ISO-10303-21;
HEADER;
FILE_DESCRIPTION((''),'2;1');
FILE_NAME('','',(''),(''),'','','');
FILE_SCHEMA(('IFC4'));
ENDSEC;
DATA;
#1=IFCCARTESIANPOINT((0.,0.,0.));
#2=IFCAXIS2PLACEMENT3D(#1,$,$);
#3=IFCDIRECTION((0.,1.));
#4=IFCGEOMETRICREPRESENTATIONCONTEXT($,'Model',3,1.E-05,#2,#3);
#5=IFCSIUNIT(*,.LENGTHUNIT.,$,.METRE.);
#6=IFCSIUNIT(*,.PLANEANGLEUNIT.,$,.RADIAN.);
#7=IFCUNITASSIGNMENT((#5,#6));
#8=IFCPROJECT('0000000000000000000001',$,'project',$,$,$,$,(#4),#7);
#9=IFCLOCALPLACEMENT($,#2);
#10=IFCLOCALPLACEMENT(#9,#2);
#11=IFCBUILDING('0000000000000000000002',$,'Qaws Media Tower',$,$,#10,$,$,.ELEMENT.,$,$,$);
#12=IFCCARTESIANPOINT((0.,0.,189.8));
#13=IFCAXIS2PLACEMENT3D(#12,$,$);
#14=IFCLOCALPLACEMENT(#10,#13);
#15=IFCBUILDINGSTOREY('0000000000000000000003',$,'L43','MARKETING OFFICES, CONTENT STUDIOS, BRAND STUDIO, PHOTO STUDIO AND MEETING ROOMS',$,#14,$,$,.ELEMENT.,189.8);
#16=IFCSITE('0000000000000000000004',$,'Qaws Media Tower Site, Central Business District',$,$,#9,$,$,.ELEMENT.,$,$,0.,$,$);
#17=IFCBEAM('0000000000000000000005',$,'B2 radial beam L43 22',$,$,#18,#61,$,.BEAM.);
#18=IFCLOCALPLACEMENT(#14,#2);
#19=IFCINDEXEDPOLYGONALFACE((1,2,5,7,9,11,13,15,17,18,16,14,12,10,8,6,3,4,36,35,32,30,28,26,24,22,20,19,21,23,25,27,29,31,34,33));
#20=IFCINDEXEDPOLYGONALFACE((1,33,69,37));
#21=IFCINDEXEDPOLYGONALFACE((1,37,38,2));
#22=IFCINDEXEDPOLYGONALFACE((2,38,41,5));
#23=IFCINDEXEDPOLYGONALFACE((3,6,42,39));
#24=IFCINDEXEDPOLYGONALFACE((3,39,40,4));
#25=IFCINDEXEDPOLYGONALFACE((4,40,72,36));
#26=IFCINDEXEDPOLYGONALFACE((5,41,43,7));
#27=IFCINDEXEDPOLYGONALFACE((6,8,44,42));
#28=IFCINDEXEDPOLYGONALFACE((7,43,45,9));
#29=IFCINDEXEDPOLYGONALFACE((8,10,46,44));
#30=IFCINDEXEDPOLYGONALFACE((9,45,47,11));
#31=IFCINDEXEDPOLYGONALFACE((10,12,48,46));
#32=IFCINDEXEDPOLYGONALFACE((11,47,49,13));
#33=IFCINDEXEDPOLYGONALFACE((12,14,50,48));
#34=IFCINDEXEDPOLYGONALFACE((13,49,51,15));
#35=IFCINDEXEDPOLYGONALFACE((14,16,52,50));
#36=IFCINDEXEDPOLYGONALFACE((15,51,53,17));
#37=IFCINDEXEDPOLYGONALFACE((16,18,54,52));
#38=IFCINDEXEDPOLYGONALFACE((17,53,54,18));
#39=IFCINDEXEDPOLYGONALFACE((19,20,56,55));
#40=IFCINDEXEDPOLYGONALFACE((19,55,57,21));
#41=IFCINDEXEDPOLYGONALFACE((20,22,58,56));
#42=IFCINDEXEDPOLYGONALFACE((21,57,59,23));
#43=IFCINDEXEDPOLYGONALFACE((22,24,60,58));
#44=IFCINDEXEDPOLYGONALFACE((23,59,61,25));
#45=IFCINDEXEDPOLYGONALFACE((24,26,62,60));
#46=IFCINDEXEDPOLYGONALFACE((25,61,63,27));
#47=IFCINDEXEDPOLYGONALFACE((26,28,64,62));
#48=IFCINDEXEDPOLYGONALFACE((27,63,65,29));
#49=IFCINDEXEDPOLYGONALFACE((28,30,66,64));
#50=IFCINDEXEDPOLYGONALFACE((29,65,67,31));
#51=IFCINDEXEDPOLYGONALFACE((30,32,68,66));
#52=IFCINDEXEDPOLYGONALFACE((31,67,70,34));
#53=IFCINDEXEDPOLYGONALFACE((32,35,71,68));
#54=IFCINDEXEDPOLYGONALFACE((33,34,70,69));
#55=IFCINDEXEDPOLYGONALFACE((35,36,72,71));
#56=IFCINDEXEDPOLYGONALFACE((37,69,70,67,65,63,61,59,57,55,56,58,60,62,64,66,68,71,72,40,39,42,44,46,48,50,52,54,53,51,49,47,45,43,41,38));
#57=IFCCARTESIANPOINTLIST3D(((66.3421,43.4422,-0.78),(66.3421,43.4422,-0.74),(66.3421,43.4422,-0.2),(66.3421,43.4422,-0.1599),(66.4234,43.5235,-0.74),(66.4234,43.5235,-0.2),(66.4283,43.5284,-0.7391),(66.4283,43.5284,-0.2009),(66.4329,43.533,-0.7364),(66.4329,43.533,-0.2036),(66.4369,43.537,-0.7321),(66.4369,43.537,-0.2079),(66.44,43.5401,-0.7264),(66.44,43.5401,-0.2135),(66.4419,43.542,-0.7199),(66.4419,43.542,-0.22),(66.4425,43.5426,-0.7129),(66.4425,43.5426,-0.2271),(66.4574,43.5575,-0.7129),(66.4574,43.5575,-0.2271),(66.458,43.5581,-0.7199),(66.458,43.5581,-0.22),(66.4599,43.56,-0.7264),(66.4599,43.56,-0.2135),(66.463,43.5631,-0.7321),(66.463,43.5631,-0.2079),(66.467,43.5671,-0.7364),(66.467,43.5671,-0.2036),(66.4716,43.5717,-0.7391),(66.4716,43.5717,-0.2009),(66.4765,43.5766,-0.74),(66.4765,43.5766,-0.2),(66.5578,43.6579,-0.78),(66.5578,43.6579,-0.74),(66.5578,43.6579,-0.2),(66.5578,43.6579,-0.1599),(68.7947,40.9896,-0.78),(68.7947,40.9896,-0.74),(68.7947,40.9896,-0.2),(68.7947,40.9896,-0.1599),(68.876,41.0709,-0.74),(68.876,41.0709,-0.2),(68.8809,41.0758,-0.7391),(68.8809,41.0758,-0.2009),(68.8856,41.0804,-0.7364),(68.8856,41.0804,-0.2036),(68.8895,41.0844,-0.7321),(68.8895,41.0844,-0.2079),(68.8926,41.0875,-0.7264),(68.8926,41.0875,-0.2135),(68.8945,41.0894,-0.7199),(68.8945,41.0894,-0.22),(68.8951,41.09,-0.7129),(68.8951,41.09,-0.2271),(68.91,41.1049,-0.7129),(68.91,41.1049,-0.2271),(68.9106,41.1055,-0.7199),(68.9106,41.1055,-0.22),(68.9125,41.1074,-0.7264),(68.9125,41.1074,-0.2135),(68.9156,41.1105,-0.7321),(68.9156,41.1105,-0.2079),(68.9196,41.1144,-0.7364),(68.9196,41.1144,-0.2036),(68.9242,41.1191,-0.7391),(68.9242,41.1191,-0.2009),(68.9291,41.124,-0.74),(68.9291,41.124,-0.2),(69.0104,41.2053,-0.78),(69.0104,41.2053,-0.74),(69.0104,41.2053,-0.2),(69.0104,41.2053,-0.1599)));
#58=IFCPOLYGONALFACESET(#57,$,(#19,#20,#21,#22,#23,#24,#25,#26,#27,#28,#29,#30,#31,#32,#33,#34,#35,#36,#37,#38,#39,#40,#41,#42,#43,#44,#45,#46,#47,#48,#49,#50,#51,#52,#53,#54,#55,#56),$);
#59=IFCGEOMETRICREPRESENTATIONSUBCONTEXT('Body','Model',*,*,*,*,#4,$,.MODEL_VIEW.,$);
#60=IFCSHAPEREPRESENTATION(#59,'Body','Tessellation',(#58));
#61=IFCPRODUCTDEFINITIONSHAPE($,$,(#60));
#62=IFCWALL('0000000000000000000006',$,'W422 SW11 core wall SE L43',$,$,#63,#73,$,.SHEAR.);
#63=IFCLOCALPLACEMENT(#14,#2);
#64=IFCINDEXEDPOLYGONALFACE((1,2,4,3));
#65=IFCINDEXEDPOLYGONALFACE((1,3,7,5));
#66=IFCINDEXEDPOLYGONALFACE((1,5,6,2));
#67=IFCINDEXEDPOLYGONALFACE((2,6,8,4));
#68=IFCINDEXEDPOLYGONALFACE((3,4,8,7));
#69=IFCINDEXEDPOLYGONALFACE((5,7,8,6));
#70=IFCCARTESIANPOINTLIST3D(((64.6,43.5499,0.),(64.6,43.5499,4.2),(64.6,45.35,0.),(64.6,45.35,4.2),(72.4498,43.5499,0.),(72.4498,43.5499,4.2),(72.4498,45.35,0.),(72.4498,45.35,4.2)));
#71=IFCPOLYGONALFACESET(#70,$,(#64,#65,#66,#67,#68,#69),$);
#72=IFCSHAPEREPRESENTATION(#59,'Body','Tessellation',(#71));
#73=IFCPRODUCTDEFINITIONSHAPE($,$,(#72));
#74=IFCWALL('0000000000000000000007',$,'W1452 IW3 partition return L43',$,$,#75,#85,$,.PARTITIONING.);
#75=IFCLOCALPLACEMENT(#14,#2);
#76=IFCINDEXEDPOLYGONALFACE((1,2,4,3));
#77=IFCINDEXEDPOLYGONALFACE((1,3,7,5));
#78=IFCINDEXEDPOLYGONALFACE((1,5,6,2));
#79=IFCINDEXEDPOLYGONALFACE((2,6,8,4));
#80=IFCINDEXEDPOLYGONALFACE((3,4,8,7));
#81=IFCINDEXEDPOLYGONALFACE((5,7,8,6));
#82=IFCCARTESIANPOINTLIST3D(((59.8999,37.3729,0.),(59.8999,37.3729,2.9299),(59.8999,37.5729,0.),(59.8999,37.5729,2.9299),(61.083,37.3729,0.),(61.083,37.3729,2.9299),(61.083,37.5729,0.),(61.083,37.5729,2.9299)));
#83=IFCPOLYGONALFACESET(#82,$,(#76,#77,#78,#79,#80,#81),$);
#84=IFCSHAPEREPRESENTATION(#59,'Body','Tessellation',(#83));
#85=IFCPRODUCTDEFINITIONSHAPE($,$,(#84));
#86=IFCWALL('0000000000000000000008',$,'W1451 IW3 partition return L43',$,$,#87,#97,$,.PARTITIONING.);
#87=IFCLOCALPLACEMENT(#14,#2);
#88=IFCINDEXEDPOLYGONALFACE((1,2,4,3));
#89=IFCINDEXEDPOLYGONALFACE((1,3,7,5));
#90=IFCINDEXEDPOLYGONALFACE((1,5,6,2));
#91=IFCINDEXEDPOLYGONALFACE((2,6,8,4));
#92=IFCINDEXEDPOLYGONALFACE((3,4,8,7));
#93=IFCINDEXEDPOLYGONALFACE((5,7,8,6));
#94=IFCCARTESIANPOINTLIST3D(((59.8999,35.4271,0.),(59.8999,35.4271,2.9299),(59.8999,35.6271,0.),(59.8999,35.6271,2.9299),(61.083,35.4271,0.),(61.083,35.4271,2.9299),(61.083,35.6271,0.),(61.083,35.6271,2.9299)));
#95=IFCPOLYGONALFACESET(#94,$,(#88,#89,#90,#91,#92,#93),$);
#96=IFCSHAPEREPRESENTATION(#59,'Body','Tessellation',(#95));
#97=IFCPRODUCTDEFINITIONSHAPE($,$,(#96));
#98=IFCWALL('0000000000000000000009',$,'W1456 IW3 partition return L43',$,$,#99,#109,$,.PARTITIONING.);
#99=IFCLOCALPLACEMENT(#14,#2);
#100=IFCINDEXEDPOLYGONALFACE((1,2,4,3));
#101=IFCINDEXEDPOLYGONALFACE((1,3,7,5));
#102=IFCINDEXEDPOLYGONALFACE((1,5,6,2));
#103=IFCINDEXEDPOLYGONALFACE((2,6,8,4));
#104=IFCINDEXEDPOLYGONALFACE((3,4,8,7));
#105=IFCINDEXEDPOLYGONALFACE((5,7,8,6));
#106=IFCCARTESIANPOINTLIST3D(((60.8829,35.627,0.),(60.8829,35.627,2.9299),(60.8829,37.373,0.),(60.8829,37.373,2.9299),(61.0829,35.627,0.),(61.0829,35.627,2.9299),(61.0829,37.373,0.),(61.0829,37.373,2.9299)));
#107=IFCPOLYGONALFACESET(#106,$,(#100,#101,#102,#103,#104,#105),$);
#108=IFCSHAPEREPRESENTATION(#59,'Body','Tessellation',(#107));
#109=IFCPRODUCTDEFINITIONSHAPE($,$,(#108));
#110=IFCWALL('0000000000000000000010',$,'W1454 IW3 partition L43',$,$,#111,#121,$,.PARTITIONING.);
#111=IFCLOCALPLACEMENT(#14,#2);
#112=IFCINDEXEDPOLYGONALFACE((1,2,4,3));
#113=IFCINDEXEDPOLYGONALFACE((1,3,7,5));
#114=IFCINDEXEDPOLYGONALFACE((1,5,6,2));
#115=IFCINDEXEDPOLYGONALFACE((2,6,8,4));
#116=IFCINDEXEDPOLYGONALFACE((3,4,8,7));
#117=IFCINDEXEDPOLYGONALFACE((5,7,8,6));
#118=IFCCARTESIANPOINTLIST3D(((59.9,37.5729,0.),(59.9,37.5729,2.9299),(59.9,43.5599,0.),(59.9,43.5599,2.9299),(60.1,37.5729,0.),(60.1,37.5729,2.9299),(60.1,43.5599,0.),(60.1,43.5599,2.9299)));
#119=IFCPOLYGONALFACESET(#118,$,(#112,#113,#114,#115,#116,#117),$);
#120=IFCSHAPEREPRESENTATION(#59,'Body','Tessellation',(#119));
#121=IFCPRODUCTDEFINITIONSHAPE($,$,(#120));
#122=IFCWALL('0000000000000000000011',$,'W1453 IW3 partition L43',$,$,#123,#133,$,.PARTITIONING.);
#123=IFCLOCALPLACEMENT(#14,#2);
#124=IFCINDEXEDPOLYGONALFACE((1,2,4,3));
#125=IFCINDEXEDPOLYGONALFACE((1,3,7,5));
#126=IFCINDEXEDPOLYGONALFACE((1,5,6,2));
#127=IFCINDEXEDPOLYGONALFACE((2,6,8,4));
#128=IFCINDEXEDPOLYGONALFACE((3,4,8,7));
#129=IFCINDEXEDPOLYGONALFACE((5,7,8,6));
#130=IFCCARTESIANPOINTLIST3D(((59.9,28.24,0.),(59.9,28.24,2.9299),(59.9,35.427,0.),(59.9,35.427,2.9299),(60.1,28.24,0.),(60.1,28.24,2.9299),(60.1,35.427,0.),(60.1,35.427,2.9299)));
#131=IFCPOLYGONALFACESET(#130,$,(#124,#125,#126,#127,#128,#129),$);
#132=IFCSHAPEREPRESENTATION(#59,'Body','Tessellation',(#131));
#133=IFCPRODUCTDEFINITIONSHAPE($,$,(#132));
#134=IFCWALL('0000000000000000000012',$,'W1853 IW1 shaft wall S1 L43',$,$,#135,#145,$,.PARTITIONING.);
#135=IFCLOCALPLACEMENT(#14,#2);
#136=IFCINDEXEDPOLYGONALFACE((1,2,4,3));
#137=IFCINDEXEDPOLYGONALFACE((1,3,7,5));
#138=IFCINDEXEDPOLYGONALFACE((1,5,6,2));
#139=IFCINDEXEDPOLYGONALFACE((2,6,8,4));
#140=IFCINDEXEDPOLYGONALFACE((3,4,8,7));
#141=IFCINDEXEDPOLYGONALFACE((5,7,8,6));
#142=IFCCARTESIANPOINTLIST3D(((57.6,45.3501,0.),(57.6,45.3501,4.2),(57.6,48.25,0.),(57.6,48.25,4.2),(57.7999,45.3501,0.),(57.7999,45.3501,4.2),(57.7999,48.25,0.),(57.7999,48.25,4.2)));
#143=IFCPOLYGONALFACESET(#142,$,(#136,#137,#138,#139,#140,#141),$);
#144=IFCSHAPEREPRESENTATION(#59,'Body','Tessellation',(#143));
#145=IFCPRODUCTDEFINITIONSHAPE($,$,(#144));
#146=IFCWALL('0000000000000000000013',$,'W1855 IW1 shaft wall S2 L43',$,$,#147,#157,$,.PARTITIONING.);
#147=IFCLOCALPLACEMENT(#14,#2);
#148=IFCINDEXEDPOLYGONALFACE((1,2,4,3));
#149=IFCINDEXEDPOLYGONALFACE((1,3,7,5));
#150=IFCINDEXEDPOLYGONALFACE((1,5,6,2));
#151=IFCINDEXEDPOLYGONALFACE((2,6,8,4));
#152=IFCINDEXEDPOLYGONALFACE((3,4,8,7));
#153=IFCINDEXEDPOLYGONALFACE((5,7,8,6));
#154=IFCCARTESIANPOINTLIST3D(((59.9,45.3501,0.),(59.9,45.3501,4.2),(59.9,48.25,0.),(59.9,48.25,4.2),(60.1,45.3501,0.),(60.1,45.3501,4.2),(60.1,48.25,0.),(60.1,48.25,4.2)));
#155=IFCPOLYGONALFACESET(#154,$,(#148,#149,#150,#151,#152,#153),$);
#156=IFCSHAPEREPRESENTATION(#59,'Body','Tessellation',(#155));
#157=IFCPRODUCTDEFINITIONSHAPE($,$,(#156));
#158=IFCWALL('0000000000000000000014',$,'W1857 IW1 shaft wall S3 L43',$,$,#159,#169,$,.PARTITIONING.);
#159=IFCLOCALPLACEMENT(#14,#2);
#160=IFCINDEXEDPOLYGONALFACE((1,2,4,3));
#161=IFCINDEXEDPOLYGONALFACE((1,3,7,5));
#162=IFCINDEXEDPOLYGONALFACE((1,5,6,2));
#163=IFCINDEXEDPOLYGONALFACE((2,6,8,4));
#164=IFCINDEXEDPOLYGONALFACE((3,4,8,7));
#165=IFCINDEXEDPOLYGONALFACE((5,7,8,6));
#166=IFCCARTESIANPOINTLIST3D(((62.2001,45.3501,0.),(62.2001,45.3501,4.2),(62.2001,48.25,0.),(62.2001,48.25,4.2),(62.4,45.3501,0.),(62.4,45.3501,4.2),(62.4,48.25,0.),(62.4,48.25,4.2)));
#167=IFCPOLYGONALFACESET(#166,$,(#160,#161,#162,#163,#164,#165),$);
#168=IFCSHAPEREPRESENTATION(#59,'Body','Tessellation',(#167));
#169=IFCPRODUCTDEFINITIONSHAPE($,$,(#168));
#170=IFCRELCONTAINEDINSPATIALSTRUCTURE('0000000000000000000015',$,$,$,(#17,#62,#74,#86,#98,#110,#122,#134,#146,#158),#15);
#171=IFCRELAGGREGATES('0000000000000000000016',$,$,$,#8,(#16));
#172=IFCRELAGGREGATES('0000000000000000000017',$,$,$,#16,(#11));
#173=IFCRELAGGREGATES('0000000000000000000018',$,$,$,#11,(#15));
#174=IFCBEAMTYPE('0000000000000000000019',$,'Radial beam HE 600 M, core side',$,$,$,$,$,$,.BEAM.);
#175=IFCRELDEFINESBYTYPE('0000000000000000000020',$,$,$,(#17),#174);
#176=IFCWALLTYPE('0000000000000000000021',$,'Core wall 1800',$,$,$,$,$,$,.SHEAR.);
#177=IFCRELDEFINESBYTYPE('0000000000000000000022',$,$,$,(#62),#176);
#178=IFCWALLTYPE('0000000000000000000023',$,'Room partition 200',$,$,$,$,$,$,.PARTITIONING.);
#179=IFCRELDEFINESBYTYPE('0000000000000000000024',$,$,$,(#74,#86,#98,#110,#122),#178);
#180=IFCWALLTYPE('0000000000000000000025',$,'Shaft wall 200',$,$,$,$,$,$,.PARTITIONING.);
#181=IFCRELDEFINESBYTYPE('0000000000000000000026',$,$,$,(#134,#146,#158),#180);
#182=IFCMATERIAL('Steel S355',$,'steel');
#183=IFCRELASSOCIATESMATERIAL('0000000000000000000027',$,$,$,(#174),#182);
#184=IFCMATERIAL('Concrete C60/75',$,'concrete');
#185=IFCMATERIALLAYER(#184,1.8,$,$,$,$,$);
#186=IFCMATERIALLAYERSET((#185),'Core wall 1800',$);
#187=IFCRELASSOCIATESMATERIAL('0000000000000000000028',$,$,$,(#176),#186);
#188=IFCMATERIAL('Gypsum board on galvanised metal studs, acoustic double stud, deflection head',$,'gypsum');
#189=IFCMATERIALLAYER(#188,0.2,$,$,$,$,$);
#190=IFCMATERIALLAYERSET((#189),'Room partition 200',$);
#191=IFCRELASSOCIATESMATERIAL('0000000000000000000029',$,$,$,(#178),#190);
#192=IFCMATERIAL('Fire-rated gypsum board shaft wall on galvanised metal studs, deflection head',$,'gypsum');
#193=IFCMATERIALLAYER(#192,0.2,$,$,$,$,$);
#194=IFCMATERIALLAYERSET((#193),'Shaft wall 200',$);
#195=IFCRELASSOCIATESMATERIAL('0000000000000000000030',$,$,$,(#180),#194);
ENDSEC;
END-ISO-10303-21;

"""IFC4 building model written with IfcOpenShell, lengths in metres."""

from ifc_helpers import new_model, si_unit, direction, frame, frame_2d, origin, origin_2d, place, context, subcontext, project, spatial, rectangle, i_section, extrude, material, layer, layer_set, material_profile, profile_set, type_object, element, save


model = new_model("IFC4")

# Units and contexts
model_context = context("Model", 3, precision=1e-05, world=origin(), true_north=direction((0.0, 1.0)))
body_context = subcontext(model_context, "Body", "Model", "MODEL_VIEW")
ifc_project = project(units=[si_unit("LENGTHUNIT", "METRE"), si_unit("PLANEANGLEUNIT", "RADIAN")], contexts=[model_context])

# Site, building, storey
site_placement = place(None, origin())
site = spatial("IfcSite", under=ifc_project, at=site_placement, Name="Qaws Media Tower Site, Central Business District", CompositionType="ELEMENT", RefElevation=0.0)
building_placement = place(site_placement, origin())
building = spatial("IfcBuilding", under=site, at=building_placement, Name="Qaws Media Tower", CompositionType="ELEMENT")
storey_placement = place(building_placement, frame((0.0, 0.0, 189.8)))
storey = spatial("IfcBuildingStorey", under=building, at=storey_placement, Name="L43", Description="MARKETING OFFICES, CONTENT STUDIOS, BRAND STUDIO, PHOTO STUDIO AND MEETING ROOMS", CompositionType="ELEMENT", Elevation=189.8)

# Beam
ifc_material_1 = material(Name="Steel S355", Category="steel")
ifc_material_profile_1 = material_profile(ifc_material_1, i_section(OverallWidth=0.3049, OverallDepth=0.6201, WebThickness=0.021, FlangeThickness=0.04, FilletRadius=0.0271, at=origin_2d()), Name="HE 600 M")
ifc_profile_set_1 = profile_set([ifc_material_profile_1], Name="Steel S355")
beam_type_1 = type_object("IfcBeamType", Name="Radial beam HE 600 M, core side", PredefinedType="BEAM", material=ifc_profile_set_1)
beam_1_placement = place(storey_placement, frame((66.45, 43.55, -0.47), z_axis=(0.707107, -0.707107, 0.0), x_axis=(0.707107, 0.707107, 0.0)))
element("IfcBeam", 1, at=beam_1_placement, inside=storey, type_object=beam_type_1, Name="B2 radial beam L43 22", PredefinedType="BEAM", context=body_context, shape_type="SweptSolid", body=[
    extrude(i_section(OverallWidth=0.3049, OverallDepth=0.6201, WebThickness=0.021, FlangeThickness=0.04, FilletRadius=0.0271, at=origin_2d()), origin(), (0.0, 0.0, 1.0), 3.4685),
])

# Walls
ifc_material_2 = material(Name="Concrete C60/75", Category="concrete")
ifc_layer_1 = layer(ifc_material_2, 1.8)
ifc_layer_set_1 = layer_set([ifc_layer_1], Name="Core wall 1800")
wall_type_1 = type_object("IfcWallType", Name="Core wall 1800", PredefinedType="SHEAR", material=ifc_layer_set_1)
wall_1_placement = place(storey_placement, frame((64.6001, 44.45, 0.0), z_axis=(0.0, 0.0, 1.0), x_axis=(1.0, 0.0, 0.0)))
element("IfcWall", 2, at=wall_1_placement, inside=storey, type_object=wall_type_1, Name="W422 SW11 core wall SE L43", PredefinedType="SHEAR", context=body_context, shape_type="SweptSolid", body=[
    extrude(rectangle(XDim=7.8499, YDim=1.8, at=frame_2d((3.9248, 0.0))), origin(), (0.0, 0.0, 1.0), 4.2),
])
ifc_material_3 = material(Name="Gypsum board on galvanised metal studs, acoustic double stud, deflection head", Category="gypsum")
ifc_layer_2 = layer(ifc_material_3, 0.2)
ifc_layer_set_2 = layer_set([ifc_layer_2], Name="Room partition 200")
wall_type_2 = type_object("IfcWallType", Name="Room partition 200", PredefinedType="PARTITIONING", material=ifc_layer_set_2)
for number, where, z_axis, x_axis, name in (
    (3, (59.8999, 37.4729, 0.0), (0.0, 0.0, 1.0), (1.0, 0.0, 0.0), "W1452 IW3 partition return L43"),
    (4, (59.8999, 35.5271, 0.0), (0.0, 0.0, 1.0), (1.0, 0.0, 0.0), "W1451 IW3 partition return L43"),
):
    element("IfcWall", number, at=place(storey_placement, frame(where, z_axis=z_axis, x_axis=x_axis)), inside=storey, type_object=wall_type_2, Name=name, PredefinedType="PARTITIONING", context=body_context, shape_type="SweptSolid", body=[
        extrude(rectangle(XDim=1.1831, YDim=0.2, at=frame_2d((0.5916, 0.0))), origin(), (0.0, 0.0, 1.0), 2.9299),
    ])
wall_2_placement = place(storey_placement, frame((60.9829, 37.373, 0.0), z_axis=(0.0, 0.0, 1.0), x_axis=(0.0, -1.0, 0.0)))
element("IfcWall", 5, at=wall_2_placement, inside=storey, type_object=wall_type_2, Name="W1456 IW3 partition return L43", PredefinedType="PARTITIONING", context=body_context, shape_type="SweptSolid", body=[
    extrude(rectangle(XDim=1.7461, YDim=0.2, at=frame_2d((0.873, 0.0))), origin(), (0.0, 0.0, 1.0), 2.9299),
])
wall_3_placement = place(storey_placement, frame((60.0, 43.5601, 0.0), z_axis=(0.0, 0.0, 1.0), x_axis=(0.0, -1.0, 0.0)))
element("IfcWall", 6, at=wall_3_placement, inside=storey, type_object=wall_type_2, Name="W1454 IW3 partition L43", PredefinedType="PARTITIONING", context=body_context, shape_type="SweptSolid", body=[
    extrude(rectangle(XDim=5.9871, YDim=0.2, at=frame_2d((2.9937, 0.0))), origin(), (0.0, 0.0, 1.0), 2.9299),
])
wall_4_placement = place(storey_placement, frame((60.0, 35.427, 0.0), z_axis=(0.0, 0.0, 1.0), x_axis=(0.0, -1.0, 0.0)))
element("IfcWall", 7, at=wall_4_placement, inside=storey, type_object=wall_type_2, Name="W1453 IW3 partition L43", PredefinedType="PARTITIONING", context=body_context, shape_type="SweptSolid", body=[
    extrude(rectangle(XDim=7.187, YDim=0.2, at=frame_2d((3.5935, 0.0))), origin(), (0.0, 0.0, 1.0), 2.9299),
])
ifc_material_4 = material(Name="Fire-rated gypsum board shaft wall on galvanised metal studs, deflection head", Category="gypsum")
ifc_layer_3 = layer(ifc_material_4, 0.2)
ifc_layer_set_3 = layer_set([ifc_layer_3], Name="Shaft wall 200")
wall_type_3 = type_object("IfcWallType", Name="Shaft wall 200", PredefinedType="PARTITIONING", material=ifc_layer_set_3)
for number, where, z_axis, x_axis, name in (
    (8, (57.7, 45.3501, 0.0), (0.0, 0.0, 1.0), (0.0, 1.0, 0.0), "W1853 IW1 shaft wall S1 L43"),
    (9, (60.0, 45.3501, 0.0), (0.0, 0.0, 1.0), (0.0, 1.0, 0.0), "W1855 IW1 shaft wall S2 L43"),
    (10, (62.3, 45.3501, 0.0), (0.0, 0.0, 1.0), (0.0, 1.0, 0.0), "W1857 IW1 shaft wall S3 L43"),
):
    element("IfcWall", number, at=place(storey_placement, frame(where, z_axis=z_axis, x_axis=x_axis)), inside=storey, type_object=wall_type_3, Name=name, PredefinedType="PARTITIONING", context=body_context, shape_type="SweptSolid", body=[
        extrude(rectangle(XDim=2.8999, YDim=0.2, at=frame_2d((1.45, 0.0))), origin(), (0.0, 0.0, 1.0), 4.2),
    ])

save(model, "model.ifc")
